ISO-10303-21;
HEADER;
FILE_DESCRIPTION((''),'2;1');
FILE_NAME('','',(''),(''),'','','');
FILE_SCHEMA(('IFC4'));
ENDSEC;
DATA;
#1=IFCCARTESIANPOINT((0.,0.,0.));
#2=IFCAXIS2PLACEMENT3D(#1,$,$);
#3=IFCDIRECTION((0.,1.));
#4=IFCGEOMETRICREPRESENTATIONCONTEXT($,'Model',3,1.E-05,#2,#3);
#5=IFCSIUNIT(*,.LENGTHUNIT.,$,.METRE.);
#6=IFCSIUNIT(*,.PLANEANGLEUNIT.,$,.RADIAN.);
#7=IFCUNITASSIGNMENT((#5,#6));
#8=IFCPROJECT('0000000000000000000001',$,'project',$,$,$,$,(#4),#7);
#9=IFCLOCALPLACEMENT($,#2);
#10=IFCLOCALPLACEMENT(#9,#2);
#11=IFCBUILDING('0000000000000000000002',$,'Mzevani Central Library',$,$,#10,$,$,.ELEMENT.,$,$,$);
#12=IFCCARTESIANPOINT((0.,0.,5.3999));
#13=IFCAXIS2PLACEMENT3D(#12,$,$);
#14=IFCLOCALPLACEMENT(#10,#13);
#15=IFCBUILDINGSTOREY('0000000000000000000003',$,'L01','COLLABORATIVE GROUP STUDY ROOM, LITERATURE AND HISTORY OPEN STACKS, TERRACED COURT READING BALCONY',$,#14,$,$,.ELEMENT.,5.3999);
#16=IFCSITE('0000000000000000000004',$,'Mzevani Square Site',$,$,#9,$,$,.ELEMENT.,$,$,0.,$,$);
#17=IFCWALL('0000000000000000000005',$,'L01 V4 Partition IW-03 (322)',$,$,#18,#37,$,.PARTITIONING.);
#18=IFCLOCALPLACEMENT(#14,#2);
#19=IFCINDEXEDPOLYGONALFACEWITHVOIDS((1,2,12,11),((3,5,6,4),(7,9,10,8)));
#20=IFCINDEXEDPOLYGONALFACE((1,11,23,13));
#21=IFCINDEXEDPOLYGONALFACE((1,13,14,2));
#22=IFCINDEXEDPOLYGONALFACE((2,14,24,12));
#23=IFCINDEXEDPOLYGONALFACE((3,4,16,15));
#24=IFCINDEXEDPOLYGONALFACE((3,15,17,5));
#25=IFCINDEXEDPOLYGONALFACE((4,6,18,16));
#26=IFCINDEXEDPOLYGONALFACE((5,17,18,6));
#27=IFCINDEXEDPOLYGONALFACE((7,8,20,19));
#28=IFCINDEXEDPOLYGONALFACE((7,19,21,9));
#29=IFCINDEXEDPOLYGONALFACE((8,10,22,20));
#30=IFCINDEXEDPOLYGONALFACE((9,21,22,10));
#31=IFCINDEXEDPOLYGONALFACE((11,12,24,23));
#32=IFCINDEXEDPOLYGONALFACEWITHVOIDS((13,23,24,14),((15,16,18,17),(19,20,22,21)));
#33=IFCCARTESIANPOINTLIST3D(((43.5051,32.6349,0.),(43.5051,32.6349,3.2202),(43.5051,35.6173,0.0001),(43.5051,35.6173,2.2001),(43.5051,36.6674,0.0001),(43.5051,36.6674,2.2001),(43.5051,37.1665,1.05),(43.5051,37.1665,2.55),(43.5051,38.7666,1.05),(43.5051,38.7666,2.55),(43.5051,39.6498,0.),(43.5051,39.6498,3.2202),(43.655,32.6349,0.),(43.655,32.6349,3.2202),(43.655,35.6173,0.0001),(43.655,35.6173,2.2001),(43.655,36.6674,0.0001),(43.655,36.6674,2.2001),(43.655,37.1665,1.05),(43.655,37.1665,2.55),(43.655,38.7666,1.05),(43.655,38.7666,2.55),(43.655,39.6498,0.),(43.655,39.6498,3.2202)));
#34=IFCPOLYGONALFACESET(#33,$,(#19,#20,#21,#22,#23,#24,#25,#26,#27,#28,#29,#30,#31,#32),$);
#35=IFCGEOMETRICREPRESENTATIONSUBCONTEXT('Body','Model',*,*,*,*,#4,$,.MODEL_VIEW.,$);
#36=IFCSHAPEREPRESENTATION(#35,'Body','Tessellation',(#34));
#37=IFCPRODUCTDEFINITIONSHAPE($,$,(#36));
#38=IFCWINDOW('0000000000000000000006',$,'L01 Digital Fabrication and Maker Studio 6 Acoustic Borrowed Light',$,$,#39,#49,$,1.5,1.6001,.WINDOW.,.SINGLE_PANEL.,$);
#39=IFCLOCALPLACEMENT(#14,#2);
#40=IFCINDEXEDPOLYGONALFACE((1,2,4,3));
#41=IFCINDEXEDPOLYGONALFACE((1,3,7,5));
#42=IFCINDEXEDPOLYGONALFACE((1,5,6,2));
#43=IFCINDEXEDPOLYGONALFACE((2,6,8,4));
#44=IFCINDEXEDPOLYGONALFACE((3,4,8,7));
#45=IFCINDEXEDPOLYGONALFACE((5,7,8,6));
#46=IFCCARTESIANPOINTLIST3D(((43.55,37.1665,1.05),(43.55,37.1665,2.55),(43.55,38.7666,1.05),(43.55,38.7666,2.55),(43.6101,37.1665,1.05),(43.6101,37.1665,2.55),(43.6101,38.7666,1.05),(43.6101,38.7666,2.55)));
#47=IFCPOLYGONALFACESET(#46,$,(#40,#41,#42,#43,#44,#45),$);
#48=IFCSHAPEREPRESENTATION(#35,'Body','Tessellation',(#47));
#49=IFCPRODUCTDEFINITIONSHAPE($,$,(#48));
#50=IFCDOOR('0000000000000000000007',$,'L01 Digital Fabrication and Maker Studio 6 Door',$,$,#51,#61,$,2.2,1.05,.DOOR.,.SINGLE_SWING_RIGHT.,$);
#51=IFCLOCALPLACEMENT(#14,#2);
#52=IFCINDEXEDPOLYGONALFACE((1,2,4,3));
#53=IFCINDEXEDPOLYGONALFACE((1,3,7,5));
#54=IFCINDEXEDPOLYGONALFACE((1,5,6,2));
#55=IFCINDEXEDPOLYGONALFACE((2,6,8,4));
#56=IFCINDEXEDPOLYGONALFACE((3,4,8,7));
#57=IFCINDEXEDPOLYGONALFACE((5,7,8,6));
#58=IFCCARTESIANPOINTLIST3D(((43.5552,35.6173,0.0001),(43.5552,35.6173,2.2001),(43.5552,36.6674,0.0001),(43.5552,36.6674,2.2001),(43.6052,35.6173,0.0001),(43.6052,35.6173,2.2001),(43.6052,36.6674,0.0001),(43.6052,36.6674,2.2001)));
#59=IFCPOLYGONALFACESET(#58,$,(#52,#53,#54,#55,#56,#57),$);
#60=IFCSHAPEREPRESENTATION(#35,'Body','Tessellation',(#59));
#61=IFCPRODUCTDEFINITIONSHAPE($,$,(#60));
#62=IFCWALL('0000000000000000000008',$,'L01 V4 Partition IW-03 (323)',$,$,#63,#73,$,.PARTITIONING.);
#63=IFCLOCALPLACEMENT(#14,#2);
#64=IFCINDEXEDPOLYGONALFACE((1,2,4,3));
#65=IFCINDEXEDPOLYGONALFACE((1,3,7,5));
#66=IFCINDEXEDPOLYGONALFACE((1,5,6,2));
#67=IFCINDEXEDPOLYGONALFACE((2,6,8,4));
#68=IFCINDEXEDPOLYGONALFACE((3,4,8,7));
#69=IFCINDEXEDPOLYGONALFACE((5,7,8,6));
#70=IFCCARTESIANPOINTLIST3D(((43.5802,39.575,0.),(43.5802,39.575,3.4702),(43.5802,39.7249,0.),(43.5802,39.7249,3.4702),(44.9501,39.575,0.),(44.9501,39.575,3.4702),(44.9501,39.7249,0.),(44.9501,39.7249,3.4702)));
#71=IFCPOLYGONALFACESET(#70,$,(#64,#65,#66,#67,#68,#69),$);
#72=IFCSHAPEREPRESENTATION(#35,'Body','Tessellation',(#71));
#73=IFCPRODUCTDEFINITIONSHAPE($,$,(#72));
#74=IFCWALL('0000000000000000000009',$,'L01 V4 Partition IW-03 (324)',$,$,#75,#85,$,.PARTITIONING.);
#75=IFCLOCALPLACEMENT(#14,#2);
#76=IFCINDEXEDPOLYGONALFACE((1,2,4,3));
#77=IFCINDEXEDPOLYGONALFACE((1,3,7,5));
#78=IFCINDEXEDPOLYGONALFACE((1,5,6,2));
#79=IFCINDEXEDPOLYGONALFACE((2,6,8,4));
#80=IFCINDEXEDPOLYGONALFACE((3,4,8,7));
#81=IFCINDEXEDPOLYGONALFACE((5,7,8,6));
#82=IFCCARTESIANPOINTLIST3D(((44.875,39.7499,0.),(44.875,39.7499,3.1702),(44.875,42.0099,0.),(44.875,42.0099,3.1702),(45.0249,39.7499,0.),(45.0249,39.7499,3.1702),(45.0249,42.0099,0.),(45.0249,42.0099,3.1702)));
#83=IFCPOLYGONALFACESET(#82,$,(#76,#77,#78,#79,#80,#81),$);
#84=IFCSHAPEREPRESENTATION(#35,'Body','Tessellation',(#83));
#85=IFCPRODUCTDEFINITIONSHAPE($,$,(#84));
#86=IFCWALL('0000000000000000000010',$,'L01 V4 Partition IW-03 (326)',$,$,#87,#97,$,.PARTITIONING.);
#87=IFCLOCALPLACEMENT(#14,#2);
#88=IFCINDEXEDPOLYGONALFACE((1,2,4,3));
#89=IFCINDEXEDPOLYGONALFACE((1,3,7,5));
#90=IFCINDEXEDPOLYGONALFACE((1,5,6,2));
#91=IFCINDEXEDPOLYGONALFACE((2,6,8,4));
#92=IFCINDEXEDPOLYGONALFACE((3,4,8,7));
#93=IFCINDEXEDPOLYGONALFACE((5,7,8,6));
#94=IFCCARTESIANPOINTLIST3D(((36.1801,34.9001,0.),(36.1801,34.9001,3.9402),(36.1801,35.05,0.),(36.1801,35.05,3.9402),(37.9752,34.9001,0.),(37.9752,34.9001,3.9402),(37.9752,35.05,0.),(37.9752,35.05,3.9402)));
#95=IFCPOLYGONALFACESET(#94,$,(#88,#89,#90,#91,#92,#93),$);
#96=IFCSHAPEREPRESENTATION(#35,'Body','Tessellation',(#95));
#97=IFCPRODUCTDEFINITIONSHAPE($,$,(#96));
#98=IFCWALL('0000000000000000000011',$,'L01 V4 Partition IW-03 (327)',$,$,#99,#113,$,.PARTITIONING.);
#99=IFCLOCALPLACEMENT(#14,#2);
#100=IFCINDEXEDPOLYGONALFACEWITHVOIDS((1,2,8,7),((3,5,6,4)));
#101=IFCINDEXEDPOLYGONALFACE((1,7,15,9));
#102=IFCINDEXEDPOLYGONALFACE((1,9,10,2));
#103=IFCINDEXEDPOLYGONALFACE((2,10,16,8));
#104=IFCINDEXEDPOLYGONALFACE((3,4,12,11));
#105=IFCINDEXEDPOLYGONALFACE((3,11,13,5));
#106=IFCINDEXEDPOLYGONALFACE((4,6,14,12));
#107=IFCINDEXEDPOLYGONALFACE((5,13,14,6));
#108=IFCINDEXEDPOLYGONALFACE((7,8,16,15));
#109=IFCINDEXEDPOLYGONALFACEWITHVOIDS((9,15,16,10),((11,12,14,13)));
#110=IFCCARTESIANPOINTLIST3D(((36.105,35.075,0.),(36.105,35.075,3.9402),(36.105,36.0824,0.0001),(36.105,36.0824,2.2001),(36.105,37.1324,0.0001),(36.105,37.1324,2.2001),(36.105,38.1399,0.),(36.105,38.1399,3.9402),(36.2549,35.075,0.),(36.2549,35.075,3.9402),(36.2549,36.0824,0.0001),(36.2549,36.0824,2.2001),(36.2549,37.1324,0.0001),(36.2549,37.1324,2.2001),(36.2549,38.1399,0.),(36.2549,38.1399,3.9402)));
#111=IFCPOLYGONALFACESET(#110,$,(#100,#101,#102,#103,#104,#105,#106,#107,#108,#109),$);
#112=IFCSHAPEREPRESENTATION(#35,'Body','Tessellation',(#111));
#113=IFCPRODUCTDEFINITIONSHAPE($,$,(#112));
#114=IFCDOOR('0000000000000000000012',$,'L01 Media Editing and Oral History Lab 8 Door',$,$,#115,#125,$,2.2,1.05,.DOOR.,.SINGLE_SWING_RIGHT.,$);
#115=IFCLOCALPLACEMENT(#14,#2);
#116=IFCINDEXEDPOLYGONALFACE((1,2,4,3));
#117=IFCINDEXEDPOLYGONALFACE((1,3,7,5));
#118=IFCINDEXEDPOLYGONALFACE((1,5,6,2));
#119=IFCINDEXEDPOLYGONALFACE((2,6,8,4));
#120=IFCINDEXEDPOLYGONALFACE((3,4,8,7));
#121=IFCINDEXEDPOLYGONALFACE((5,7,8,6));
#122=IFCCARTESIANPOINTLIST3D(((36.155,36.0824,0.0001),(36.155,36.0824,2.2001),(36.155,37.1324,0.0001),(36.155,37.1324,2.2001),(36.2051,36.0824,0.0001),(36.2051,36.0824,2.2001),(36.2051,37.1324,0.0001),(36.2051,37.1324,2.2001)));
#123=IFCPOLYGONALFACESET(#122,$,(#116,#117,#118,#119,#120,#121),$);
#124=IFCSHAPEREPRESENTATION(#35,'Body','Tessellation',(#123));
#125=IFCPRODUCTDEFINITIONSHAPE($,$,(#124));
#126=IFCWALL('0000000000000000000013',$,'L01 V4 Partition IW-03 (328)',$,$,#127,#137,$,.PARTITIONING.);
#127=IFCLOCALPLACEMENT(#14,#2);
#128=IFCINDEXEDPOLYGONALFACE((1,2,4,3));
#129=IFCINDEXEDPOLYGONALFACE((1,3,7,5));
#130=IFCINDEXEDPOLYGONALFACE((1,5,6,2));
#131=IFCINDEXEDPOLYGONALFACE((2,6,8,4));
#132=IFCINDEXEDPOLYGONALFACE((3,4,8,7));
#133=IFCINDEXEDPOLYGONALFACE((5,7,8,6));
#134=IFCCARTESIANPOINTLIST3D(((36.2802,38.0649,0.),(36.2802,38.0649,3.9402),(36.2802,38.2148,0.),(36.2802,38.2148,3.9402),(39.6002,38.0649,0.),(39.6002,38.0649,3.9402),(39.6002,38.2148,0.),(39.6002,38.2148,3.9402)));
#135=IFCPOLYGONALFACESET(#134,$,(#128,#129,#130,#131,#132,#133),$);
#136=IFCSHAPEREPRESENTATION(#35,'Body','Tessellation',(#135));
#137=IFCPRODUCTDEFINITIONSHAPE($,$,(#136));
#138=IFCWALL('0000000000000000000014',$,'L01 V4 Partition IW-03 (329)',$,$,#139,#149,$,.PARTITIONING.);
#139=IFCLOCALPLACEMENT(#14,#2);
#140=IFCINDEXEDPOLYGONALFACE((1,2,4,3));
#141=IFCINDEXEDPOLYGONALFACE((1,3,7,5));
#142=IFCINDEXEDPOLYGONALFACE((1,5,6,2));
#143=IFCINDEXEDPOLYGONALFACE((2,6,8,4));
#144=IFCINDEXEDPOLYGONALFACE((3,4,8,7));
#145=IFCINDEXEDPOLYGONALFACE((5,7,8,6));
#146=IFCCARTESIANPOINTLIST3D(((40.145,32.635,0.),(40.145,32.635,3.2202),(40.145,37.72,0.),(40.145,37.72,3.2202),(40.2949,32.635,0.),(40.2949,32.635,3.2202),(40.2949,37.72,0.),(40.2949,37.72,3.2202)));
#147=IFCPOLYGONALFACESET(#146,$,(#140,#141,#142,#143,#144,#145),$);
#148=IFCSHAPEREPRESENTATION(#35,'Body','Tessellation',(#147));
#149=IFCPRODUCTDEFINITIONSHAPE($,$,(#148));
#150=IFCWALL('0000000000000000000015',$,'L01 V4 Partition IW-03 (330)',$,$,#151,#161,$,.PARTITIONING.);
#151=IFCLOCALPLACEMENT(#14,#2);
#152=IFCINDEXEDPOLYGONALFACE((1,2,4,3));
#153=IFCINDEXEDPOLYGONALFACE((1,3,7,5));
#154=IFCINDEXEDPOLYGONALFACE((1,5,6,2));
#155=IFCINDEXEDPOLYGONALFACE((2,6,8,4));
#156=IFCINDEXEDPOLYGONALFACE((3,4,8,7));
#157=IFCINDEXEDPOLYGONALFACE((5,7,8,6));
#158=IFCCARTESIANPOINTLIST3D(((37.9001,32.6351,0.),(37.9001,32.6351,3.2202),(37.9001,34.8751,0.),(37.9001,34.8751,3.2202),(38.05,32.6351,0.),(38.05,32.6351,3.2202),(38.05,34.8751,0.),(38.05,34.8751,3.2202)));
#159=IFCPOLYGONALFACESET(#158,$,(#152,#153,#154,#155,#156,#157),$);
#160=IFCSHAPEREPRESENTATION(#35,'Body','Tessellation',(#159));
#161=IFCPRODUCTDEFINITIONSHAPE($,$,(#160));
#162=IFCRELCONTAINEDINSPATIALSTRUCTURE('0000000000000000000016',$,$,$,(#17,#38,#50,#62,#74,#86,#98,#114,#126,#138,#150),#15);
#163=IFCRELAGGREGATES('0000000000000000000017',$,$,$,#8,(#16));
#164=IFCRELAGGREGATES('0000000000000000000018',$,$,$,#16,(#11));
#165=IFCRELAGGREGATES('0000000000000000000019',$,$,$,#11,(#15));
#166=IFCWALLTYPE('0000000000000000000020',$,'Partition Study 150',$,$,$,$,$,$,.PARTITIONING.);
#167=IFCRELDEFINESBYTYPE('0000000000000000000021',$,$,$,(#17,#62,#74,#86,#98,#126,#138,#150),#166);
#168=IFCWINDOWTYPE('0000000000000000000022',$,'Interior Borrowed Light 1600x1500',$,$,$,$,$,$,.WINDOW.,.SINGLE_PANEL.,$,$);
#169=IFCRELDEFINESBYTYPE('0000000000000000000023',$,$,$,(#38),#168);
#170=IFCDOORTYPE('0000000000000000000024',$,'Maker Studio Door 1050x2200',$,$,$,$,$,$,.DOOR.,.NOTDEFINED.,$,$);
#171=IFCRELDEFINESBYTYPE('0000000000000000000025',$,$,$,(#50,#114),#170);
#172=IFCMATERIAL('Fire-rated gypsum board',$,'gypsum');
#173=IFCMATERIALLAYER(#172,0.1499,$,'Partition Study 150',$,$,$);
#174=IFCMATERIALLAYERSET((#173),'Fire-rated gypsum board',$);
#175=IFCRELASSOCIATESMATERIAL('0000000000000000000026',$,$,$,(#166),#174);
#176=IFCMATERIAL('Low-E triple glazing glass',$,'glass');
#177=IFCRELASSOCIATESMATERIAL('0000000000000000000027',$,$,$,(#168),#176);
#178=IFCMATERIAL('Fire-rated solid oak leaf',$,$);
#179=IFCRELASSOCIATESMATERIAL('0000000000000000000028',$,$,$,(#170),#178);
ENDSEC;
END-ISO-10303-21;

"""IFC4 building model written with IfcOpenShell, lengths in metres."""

from ifc_helpers import new_model, si_unit, direction, frame, frame_2d, origin, place, context, subcontext, project, spatial, rectangle, extrude, material, layer, layer_set, type_object, element, fill, save


model = new_model("IFC4")

# Units and contexts
model_context = context("Model", 3, precision=1e-05, world=origin(), true_north=direction((0.0, 1.0)))
body_context = subcontext(model_context, "Body", "Model", "MODEL_VIEW")
ifc_project = project(units=[si_unit("LENGTHUNIT", "METRE"), si_unit("PLANEANGLEUNIT", "RADIAN")], contexts=[model_context])

# Site, building, storey
site_placement = place(None, origin())
site = spatial("IfcSite", under=ifc_project, at=site_placement, Name="Mzevani Square Site", CompositionType="ELEMENT", RefElevation=0.0)
building_placement = place(site_placement, origin())
building = spatial("IfcBuilding", under=site, at=building_placement, Name="Mzevani Central Library", CompositionType="ELEMENT")
storey_placement = place(building_placement, frame((0.0, 0.0, 5.3999)))
storey = spatial("IfcBuildingStorey", under=building, at=storey_placement, Name="L01", Description="COLLABORATIVE GROUP STUDY ROOM, LITERATURE AND HISTORY OPEN STACKS, TERRACED COURT READING BALCONY", CompositionType="ELEMENT", Elevation=5.3999)

# Shared definitions
ifc_material_1 = material(Name="Fire-rated gypsum board", Category="gypsum")
ifc_layer = layer(ifc_material_1, 0.1499, Name="Partition Study 150")
ifc_layer_set = layer_set([ifc_layer], Name="Fire-rated gypsum board")
wall_type = type_object("IfcWallType", Name="Partition Study 150", PredefinedType="PARTITIONING", material=ifc_layer_set)

# Wall, openings, window, door
wall_1_placement = place(storey_placement, frame((43.5801, 32.635, 0.0), z_axis=(0.0, 0.0, 1.0), x_axis=(0.0, 1.0, 0.0)))
wall_1 = element("IfcWall", 1, at=wall_1_placement, inside=storey, type_object=wall_type, Name="L01 V4 Partition IW-03 (322)", PredefinedType="PARTITIONING", context=body_context, shape_type="SweptSolid", body=[
    extrude(rectangle(XDim=7.0149, YDim=0.1499, at=frame_2d((3.5073, 0.0))), origin(), (0.0, 0.0, 1.0), 3.2202),
])
opening_1_placement = place(wall_1_placement, frame((2.9824, 0.0, 0.0)))
opening_1 = element("IfcOpeningElement", 2, at=opening_1_placement, cuts=wall_1, PredefinedType="OPENING", context=body_context, shape_type="SweptSolid", body=[
    extrude(rectangle(XDim=1.05, YDim=2.2, at=frame_2d((0.5249, 1.1001))), frame((0.0, 0.085, 0.0), z_axis=(0.0, -1.0, 0.0), x_axis=(1.0, 0.0, 0.0)), (0.0, 0.0, 1.0), 0.1699),
])
opening_2_placement = place(wall_1_placement, frame((4.5315, 0.0, 1.05)))
opening_2 = element("IfcOpeningElement", 3, at=opening_2_placement, cuts=wall_1, PredefinedType="OPENING", context=body_context, shape_type="SweptSolid", body=[
    extrude(rectangle(XDim=1.6001, YDim=1.5, at=frame_2d((0.8, 0.75))), frame((0.0, 0.085, 0.0), z_axis=(0.0, -1.0, 0.0), x_axis=(1.0, 0.0, 0.0)), (0.0, 0.0, 1.0), 0.1699),
])
ifc_material_2 = material(Name="Low-E triple glazing glass", Category="glass")
window_type = type_object("IfcWindowType", Name="Interior Borrowed Light 1600x1500", PartitioningType="SINGLE_PANEL", PredefinedType="WINDOW", material=ifc_material_2)
window_placement = place(opening_2_placement, origin())
window = element("IfcWindow", 4, at=window_placement, inside=storey, type_object=window_type, Name="L01 Digital Fabrication and Maker Studio 6 Acoustic Borrowed Light", OverallHeight=1.5, OverallWidth=1.6001, PartitioningType="SINGLE_PANEL", PredefinedType="WINDOW", context=body_context, shape_type="SweptSolid", body=[
    extrude(rectangle(XDim=1.6001, YDim=1.5, at=frame_2d((0.8, 0.75))), frame((0.0, 0.03, 0.0), z_axis=(0.0, -1.0, 0.0), x_axis=(1.0, 0.0, 0.0)), (0.0, 0.0, 1.0), 0.0601),
])
fill(opening_2, window)
ifc_material_3 = material(Name="Fire-rated solid oak leaf")
door_type = type_object("IfcDoorType", Name="Maker Studio Door 1050x2200", OperationType="NOTDEFINED", PredefinedType="DOOR", material=ifc_material_3)
door_1_placement = place(opening_1_placement, origin())
door_1 = element("IfcDoor", 5, at=door_1_placement, inside=storey, type_object=door_type, Name="L01 Digital Fabrication and Maker Studio 6 Door", OperationType="SINGLE_SWING_RIGHT", OverallHeight=2.2, OverallWidth=1.05, PredefinedType="DOOR", context=body_context, shape_type="SweptSolid", body=[
    extrude(rectangle(XDim=1.05, YDim=2.2, at=frame_2d((0.5249, 1.1001))), frame((0.0, 0.0249, 0.0), z_axis=(0.0, -1.0, 0.0), x_axis=(1.0, 0.0, 0.0)), (0.0, 0.0, 1.0), 0.05),
])
fill(opening_1, door_1)

# Walls
wall_2_placement = place(storey_placement, frame((43.5801, 39.6499, 0.0), z_axis=(0.0, 0.0, 1.0), x_axis=(1.0, 0.0, 0.0)))
element("IfcWall", 6, at=wall_2_placement, inside=storey, type_object=wall_type, Name="L01 V4 Partition IW-03 (323)", PredefinedType="PARTITIONING", context=body_context, shape_type="SweptSolid", body=[
    extrude(rectangle(XDim=1.3699, YDim=0.1499, at=frame_2d((0.6851, 0.0))), origin(), (0.0, 0.0, 1.0), 3.4702),
])
wall_3_placement = place(storey_placement, frame((44.95, 39.75, 0.0), z_axis=(0.0, 0.0, 1.0), x_axis=(0.0, 1.0, 0.0)))
element("IfcWall", 7, at=wall_3_placement, inside=storey, type_object=wall_type, Name="L01 V4 Partition IW-03 (324)", PredefinedType="PARTITIONING", context=body_context, shape_type="SweptSolid", body=[
    extrude(rectangle(XDim=2.26, YDim=0.1499, at=frame_2d((1.1299, 0.0))), origin(), (0.0, 0.0, 1.0), 3.1702),
])
wall_4_placement = place(storey_placement, frame((37.9751, 34.9751, 0.0), z_axis=(0.0, 0.0, 1.0), x_axis=(-1.0, 0.0, 0.0)))
element("IfcWall", 8, at=wall_4_placement, inside=storey, type_object=wall_type, Name="L01 V4 Partition IW-03 (326)", PredefinedType="PARTITIONING", context=body_context, shape_type="SweptSolid", body=[
    extrude(rectangle(XDim=1.7952, YDim=0.1499, at=frame_2d((0.8975, 0.0))), origin(), (0.0, 0.0, 1.0), 3.9402),
])

# Wall, opening, door
wall_5_placement = place(storey_placement, frame((36.1799, 35.075, 0.0), z_axis=(0.0, 0.0, 1.0), x_axis=(0.0, 1.0, 0.0)))
wall_5 = element("IfcWall", 9, at=wall_5_placement, inside=storey, type_object=wall_type, Name="L01 V4 Partition IW-03 (327)", PredefinedType="PARTITIONING", context=body_context, shape_type="SweptSolid", body=[
    extrude(rectangle(XDim=3.0649, YDim=0.1499, at=frame_2d((1.5325, 0.0))), origin(), (0.0, 0.0, 1.0), 3.9402),
])
opening_3_placement = place(wall_5_placement, frame((1.0076, 0.0, 0.0)))
opening_3 = element("IfcOpeningElement", 10, at=opening_3_placement, cuts=wall_5, PredefinedType="OPENING", context=body_context, shape_type="SweptSolid", body=[
    extrude(rectangle(XDim=1.05, YDim=2.2, at=frame_2d((0.5249, 1.1001))), frame((0.0, 0.085, 0.0), z_axis=(0.0, -1.0, 0.0), x_axis=(1.0, 0.0, 0.0)), (0.0, 0.0, 1.0), 0.1699),
])
door_2_placement = place(opening_3_placement, origin())
door_2 = element("IfcDoor", 11, at=door_2_placement, inside=storey, type_object=door_type, Name="L01 Media Editing and Oral History Lab 8 Door", OperationType="SINGLE_SWING_RIGHT", OverallHeight=2.2, OverallWidth=1.05, PredefinedType="DOOR", context=body_context, shape_type="SweptSolid", body=[
    extrude(rectangle(XDim=1.05, YDim=2.2, at=frame_2d((0.5249, 1.1001))), frame((0.0, 0.0249, 0.0), z_axis=(0.0, -1.0, 0.0), x_axis=(1.0, 0.0, 0.0)), (0.0, 0.0, 1.0), 0.05),
])
fill(opening_3, door_2)

# Walls
wall_6_placement = place(storey_placement, frame((36.28, 38.1399, 0.0), z_axis=(0.0, 0.0, 1.0), x_axis=(1.0, 0.0, 0.0)))
element("IfcWall", 12, at=wall_6_placement, inside=storey, type_object=wall_type, Name="L01 V4 Partition IW-03 (328)", PredefinedType="PARTITIONING", context=body_context, shape_type="SweptSolid", body=[
    extrude(rectangle(XDim=3.3201, YDim=0.1499, at=frame_2d((1.6602, 0.0))), origin(), (0.0, 0.0, 1.0), 3.9402),
])
wall_7_placement = place(storey_placement, frame((40.22, 37.72, 0.0), z_axis=(0.0, 0.0, 1.0), x_axis=(0.0, -1.0, 0.0)))
element("IfcWall", 13, at=wall_7_placement, inside=storey, type_object=wall_type, Name="L01 V4 Partition IW-03 (329)", PredefinedType="PARTITIONING", context=body_context, shape_type="SweptSolid", body=[
    extrude(rectangle(XDim=5.085, YDim=0.1499, at=frame_2d((2.5425, 0.0))), origin(), (0.0, 0.0, 1.0), 3.2202),
])
wall_8_placement = place(storey_placement, frame((37.9751, 32.635, 0.0), z_axis=(0.0, 0.0, 1.0), x_axis=(0.0, 1.0, 0.0)))
element("IfcWall", 14, at=wall_8_placement, inside=storey, type_object=wall_type, Name="L01 V4 Partition IW-03 (330)", PredefinedType="PARTITIONING", context=body_context, shape_type="SweptSolid", body=[
    extrude(rectangle(XDim=2.24, YDim=0.1499, at=frame_2d((1.1201, 0.0))), origin(), (0.0, 0.0, 1.0), 3.2202),
])

save(model, "model.ifc")
